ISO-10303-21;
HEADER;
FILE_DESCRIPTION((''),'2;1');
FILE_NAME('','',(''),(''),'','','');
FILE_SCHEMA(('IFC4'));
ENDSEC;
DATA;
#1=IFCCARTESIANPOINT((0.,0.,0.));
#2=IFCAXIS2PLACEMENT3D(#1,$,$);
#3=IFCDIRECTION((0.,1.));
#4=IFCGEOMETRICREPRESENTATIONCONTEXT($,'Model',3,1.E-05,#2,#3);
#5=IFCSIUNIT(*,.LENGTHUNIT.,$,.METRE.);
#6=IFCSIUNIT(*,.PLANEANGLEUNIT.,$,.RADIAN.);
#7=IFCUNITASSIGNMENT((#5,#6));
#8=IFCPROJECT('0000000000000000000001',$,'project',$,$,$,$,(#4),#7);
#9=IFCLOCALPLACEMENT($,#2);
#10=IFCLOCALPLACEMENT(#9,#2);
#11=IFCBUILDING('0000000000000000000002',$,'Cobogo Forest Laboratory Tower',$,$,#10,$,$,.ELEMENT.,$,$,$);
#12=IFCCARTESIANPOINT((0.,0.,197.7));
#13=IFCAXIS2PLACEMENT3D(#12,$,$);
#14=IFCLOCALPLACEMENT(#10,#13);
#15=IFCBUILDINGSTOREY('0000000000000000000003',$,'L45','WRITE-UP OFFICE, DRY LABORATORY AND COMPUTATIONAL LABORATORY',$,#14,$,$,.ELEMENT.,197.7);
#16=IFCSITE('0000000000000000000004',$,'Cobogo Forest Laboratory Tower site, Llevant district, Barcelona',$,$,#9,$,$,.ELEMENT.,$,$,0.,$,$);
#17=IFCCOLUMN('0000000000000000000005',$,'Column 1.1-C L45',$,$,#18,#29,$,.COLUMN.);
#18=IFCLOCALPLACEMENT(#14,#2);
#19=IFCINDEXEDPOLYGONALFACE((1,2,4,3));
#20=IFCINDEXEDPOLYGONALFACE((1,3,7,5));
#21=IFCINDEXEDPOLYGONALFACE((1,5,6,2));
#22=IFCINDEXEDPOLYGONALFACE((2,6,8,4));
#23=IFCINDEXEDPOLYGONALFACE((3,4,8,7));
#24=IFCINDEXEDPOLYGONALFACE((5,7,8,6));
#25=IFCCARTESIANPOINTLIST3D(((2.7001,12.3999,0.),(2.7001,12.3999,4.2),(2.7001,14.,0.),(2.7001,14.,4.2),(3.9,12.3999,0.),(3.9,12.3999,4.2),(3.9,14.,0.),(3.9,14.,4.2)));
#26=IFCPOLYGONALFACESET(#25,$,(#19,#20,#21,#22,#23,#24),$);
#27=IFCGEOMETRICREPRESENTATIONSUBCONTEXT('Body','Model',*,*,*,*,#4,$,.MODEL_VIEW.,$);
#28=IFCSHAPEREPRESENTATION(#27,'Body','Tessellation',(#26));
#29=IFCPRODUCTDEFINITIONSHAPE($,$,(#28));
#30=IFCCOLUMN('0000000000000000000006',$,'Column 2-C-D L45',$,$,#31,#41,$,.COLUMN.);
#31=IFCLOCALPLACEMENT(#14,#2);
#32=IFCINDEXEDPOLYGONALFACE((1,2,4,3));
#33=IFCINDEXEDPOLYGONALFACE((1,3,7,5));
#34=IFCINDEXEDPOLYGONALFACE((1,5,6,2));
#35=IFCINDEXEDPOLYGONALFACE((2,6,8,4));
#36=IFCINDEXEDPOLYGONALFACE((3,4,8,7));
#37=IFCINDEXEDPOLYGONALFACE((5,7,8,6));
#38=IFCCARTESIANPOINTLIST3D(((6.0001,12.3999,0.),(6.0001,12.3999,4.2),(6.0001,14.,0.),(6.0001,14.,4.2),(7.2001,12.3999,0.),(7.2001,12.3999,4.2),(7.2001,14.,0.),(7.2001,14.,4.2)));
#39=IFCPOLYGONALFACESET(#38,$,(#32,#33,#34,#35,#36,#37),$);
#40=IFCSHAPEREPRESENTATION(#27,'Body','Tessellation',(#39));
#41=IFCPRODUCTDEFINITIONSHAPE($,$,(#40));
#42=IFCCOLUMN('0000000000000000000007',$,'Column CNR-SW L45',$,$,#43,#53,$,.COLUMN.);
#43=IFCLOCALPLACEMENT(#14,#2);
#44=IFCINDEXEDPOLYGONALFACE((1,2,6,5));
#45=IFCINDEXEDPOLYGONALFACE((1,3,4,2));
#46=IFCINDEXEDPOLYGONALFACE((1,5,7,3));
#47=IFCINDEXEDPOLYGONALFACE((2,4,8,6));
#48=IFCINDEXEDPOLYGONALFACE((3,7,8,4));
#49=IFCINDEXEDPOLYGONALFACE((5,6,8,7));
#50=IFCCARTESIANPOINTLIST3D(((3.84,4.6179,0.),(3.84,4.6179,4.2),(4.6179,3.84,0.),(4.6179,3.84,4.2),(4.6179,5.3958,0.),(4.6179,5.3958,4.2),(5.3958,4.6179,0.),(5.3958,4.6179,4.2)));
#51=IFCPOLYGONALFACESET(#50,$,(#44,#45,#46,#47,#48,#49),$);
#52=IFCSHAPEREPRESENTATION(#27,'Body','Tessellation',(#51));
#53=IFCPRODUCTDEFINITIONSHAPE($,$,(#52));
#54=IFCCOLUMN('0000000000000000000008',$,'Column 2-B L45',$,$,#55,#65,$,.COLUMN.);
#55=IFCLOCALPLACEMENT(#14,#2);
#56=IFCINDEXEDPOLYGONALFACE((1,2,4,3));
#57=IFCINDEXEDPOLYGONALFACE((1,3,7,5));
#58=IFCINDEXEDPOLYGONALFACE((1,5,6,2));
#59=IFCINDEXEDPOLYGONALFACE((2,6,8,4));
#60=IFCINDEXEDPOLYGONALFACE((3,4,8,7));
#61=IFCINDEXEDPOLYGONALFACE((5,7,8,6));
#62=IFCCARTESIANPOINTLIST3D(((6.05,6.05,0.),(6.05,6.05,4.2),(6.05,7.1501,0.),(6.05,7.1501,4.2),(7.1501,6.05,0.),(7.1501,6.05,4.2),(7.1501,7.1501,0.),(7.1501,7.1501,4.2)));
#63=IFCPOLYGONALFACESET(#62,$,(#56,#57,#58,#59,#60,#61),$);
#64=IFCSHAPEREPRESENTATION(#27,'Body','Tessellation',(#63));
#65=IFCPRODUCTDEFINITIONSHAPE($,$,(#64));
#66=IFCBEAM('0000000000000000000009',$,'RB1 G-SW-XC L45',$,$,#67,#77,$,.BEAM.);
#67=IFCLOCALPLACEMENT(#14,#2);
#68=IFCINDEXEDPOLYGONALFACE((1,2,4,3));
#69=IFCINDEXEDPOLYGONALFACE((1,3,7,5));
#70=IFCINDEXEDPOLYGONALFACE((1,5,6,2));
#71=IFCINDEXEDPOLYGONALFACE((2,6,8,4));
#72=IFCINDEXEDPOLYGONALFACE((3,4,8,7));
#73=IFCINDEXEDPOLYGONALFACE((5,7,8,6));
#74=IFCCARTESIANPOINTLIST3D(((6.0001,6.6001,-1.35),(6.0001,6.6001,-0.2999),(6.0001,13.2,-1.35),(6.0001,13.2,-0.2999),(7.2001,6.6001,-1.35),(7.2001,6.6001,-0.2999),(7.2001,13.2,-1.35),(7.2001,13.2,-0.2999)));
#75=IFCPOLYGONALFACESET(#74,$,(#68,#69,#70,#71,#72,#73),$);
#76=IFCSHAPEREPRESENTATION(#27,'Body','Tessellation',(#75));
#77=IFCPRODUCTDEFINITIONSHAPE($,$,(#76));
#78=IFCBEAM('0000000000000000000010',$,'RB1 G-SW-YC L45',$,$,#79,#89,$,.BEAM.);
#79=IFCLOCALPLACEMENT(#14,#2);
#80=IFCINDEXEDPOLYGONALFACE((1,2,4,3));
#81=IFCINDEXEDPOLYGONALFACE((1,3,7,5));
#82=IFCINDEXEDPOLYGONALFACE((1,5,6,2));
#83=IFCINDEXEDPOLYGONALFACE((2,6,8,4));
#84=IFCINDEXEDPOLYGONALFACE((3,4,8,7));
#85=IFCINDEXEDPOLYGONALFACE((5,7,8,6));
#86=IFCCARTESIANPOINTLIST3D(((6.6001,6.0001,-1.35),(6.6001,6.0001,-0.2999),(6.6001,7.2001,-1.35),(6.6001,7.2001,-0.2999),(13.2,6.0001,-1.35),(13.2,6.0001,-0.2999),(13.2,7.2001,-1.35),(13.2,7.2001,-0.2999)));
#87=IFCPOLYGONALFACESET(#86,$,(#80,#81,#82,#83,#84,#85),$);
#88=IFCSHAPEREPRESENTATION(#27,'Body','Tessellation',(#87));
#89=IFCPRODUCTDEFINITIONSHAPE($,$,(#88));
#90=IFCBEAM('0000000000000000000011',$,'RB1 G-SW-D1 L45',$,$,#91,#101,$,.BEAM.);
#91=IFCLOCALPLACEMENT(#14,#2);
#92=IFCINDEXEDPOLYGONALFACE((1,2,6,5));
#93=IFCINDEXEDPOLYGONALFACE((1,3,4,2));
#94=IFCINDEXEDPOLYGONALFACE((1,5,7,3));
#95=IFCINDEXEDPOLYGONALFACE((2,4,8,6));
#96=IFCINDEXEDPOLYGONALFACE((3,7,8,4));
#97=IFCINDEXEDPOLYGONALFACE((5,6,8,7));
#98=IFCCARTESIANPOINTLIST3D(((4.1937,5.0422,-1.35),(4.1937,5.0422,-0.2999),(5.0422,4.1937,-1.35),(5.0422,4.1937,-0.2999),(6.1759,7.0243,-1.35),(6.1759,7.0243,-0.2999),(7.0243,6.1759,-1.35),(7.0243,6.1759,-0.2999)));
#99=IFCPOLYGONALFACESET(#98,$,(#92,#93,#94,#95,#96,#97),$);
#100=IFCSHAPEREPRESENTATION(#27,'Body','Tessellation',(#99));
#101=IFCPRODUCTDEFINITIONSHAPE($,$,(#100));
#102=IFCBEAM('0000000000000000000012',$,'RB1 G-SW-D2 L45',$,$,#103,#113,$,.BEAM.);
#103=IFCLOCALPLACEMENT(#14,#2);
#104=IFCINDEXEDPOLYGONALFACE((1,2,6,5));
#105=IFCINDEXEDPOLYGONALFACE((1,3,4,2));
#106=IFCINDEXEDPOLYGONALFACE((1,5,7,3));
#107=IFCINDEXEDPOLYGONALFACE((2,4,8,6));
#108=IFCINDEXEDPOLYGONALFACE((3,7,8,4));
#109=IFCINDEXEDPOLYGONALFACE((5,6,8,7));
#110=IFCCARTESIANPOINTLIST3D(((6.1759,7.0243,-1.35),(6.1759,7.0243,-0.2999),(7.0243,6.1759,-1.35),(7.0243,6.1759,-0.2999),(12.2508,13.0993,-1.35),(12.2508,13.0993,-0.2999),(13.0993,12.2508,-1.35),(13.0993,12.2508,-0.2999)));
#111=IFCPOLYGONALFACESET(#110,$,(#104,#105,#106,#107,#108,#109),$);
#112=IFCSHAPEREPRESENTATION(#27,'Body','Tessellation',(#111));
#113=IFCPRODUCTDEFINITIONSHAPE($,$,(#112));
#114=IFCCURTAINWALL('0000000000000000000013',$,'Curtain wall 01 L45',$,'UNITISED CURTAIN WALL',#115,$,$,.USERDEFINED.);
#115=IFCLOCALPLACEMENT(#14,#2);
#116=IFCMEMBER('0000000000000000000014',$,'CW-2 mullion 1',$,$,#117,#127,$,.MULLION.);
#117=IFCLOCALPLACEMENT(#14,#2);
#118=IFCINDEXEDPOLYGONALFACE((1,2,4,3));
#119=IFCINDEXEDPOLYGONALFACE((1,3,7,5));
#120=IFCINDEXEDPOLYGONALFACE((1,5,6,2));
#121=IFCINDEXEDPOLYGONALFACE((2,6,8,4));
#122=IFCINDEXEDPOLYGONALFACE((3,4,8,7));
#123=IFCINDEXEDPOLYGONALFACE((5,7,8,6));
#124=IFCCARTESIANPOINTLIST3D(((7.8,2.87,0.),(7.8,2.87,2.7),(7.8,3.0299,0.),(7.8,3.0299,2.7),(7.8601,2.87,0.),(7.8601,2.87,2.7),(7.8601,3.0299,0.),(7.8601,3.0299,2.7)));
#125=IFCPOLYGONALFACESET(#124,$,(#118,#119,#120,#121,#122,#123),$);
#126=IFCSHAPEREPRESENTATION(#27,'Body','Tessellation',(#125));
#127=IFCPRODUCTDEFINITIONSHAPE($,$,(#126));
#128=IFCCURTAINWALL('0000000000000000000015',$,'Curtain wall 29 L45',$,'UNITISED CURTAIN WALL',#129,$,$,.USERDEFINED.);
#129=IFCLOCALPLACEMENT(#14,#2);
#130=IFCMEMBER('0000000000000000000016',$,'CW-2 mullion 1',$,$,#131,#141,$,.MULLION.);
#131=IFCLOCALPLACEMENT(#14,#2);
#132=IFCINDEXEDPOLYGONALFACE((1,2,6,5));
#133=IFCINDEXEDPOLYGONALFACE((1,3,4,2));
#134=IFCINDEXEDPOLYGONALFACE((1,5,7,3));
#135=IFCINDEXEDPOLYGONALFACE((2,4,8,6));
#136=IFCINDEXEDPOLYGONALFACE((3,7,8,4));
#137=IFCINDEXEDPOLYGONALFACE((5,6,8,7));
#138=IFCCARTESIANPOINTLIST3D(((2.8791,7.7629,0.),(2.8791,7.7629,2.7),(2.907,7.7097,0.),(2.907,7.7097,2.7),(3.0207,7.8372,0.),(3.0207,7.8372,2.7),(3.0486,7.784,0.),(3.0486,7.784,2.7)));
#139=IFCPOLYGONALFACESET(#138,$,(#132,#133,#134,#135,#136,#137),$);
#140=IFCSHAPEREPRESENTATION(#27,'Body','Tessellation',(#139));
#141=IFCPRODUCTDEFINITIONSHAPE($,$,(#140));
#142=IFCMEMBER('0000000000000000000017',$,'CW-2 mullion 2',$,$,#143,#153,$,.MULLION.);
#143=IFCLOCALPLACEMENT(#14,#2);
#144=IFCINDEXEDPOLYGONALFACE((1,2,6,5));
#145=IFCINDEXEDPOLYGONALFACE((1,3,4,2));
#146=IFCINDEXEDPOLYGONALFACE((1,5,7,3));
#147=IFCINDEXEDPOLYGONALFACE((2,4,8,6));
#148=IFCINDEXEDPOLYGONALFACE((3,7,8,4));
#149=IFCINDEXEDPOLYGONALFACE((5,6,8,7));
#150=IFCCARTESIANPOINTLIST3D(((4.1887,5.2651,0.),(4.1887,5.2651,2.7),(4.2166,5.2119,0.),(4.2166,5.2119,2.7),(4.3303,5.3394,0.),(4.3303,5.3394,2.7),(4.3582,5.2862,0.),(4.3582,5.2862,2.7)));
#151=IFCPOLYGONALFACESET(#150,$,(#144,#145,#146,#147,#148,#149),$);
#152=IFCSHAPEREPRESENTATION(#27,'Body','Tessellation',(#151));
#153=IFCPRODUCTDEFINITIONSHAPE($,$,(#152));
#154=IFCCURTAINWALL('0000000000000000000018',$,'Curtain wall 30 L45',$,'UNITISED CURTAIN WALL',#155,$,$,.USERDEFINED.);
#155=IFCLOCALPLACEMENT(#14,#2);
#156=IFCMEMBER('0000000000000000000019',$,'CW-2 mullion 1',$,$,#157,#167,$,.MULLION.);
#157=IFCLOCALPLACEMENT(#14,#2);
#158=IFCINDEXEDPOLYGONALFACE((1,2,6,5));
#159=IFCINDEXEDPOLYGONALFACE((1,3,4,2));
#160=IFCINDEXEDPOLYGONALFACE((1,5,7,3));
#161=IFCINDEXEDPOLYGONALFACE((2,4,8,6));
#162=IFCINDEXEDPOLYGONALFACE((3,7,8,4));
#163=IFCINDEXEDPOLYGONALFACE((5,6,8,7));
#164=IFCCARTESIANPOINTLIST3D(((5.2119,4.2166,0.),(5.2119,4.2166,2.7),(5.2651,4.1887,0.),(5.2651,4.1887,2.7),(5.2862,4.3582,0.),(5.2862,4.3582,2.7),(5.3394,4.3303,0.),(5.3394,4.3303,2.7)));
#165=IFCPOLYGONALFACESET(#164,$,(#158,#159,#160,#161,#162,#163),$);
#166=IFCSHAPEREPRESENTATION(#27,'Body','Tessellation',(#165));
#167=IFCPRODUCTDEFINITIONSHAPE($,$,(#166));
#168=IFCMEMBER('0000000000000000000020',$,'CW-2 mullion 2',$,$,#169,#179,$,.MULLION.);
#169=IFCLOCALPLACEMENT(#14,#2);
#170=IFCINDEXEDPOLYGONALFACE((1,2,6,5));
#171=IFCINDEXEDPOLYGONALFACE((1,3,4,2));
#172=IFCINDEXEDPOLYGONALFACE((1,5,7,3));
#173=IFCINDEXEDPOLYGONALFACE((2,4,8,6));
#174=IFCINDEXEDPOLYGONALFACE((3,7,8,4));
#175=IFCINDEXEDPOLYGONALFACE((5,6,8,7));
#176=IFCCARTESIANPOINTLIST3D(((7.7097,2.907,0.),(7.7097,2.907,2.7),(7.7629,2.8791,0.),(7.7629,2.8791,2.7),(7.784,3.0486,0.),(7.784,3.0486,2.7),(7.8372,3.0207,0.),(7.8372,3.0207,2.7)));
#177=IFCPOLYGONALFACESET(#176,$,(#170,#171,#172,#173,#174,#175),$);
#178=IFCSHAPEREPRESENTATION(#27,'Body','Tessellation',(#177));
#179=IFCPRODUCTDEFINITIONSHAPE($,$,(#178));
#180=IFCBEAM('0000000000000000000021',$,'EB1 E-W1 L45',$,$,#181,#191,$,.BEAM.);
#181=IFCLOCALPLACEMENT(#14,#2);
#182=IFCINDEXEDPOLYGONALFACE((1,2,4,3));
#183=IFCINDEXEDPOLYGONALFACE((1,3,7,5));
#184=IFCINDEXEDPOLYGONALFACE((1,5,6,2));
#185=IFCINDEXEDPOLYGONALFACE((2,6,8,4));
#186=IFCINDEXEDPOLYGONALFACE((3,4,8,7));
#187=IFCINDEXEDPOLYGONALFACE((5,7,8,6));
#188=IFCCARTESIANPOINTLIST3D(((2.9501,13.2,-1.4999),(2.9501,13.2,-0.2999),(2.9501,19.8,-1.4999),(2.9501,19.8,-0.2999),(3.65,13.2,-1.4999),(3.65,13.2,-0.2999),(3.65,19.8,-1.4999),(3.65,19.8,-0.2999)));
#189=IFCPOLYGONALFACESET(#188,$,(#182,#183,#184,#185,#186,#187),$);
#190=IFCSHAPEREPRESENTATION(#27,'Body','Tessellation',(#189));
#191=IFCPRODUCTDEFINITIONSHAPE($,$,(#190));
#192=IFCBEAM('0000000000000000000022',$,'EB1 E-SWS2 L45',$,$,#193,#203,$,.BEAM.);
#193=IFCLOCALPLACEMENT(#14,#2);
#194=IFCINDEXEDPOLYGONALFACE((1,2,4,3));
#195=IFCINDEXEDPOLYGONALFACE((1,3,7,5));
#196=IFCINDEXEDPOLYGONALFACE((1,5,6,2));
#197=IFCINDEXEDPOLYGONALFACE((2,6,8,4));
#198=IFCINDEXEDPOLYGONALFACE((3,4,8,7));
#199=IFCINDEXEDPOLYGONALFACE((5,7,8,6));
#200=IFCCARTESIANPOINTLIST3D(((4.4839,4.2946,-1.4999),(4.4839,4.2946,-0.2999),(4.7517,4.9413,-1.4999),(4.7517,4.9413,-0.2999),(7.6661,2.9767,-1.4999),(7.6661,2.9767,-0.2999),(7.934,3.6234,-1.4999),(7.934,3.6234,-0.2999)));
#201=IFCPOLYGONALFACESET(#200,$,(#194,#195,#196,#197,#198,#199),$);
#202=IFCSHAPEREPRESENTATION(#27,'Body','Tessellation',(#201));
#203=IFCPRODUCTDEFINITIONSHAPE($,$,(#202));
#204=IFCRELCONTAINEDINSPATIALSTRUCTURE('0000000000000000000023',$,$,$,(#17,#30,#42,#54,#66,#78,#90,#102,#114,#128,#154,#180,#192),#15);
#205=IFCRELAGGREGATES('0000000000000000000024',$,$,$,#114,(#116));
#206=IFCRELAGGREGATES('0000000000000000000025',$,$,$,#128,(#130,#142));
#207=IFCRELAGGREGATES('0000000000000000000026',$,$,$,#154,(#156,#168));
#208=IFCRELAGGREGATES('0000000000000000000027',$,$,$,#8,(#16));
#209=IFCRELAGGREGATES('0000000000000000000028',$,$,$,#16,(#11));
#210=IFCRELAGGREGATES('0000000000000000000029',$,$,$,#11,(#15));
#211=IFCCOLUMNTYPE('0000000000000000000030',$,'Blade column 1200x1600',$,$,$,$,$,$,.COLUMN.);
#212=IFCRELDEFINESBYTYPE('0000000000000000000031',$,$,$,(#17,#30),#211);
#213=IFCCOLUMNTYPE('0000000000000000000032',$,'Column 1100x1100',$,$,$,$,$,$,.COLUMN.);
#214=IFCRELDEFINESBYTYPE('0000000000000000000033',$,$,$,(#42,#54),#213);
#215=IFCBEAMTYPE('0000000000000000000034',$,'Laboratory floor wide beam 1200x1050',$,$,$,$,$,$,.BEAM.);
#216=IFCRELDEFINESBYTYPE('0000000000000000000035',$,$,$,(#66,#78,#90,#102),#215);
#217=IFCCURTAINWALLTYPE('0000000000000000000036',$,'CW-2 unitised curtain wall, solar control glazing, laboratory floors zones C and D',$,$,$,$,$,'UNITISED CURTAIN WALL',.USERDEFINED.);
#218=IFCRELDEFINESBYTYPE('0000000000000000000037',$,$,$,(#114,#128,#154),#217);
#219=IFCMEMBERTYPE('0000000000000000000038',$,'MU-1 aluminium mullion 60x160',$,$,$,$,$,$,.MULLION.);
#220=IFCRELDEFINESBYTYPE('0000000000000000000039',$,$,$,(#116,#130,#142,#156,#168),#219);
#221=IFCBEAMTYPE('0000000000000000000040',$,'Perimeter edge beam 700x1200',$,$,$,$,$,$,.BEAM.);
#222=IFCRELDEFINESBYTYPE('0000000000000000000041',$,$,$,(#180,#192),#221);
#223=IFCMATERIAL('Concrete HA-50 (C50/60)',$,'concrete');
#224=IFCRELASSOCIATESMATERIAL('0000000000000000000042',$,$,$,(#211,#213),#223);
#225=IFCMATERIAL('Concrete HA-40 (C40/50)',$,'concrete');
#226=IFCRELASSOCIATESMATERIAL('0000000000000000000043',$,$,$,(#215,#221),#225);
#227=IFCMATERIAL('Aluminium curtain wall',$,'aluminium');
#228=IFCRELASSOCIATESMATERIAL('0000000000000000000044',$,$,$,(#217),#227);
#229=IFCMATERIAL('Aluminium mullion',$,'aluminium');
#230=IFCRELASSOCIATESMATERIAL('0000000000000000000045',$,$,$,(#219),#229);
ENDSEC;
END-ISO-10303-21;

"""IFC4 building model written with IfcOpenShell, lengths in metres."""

from ifc_helpers import new_model, si_unit, direction, frame, origin, origin_2d, place, context, subcontext, project, spatial, rectangle, extrude, material, material_profile, profile_set, type_object, element, aggregate, save


model = new_model("IFC4")

# Units and contexts
model_context = context("Model", 3, precision=1e-05, world=origin(), true_north=direction((0.0, 1.0)))
body_context = subcontext(model_context, "Body", "Model", "MODEL_VIEW")
ifc_project = project(units=[si_unit("LENGTHUNIT", "METRE"), si_unit("PLANEANGLEUNIT", "RADIAN")], contexts=[model_context])

# Site, building, storey
site_placement = place(None, origin())
site = spatial("IfcSite", under=ifc_project, at=site_placement, Name="Cobogo Forest Laboratory Tower site, Llevant district, Barcelona", CompositionType="ELEMENT", RefElevation=0.0)
building_placement = place(site_placement, origin())
building = spatial("IfcBuilding", under=site, at=building_placement, Name="Cobogo Forest Laboratory Tower", CompositionType="ELEMENT")
storey_placement = place(building_placement, frame((0.0, 0.0, 197.7)))
storey = spatial("IfcBuildingStorey", under=building, at=storey_placement, Name="L45", Description="WRITE-UP OFFICE, DRY LABORATORY AND COMPUTATIONAL LABORATORY", CompositionType="ELEMENT", Elevation=197.7)

# Columns
ifc_material_1 = material(Name="Concrete HA-50 (C50/60)", Category="concrete")
ifc_material_profile_1 = material_profile(ifc_material_1, rectangle(XDim=1.6001, YDim=1.2, at=origin_2d()), Name="RC 1200x1600")
ifc_profile_set_1 = profile_set([ifc_material_profile_1], Name="Concrete HA-50 (C50/60)")
column_type_1 = type_object("IfcColumnType", Name="Blade column 1200x1600", PredefinedType="COLUMN", material=ifc_profile_set_1)
for number, where, z_axis, x_axis, name in (
    (1, (3.3, 13.2, 0.0), (0.0, 0.0, 1.0), (0.0, 1.0, 0.0), "Column 1.1-C L45"),
    (2, (6.6001, 13.2, 0.0), (0.0, 0.0, 1.0), (0.0, 1.0, 0.0), "Column 2-C-D L45"),
):
    element("IfcColumn", number, at=place(storey_placement, frame(where, z_axis=z_axis, x_axis=x_axis)), inside=storey, type_object=column_type_1, Name=name, PredefinedType="COLUMN", context=body_context, shape_type="SweptSolid", body=[
        extrude(rectangle(XDim=1.6001, YDim=1.2, at=origin_2d()), origin(), (0.0, 0.0, 1.0), 4.2),
    ])
ifc_material_profile_2 = material_profile(ifc_material_1, rectangle(XDim=1.1001, YDim=1.1001, at=origin_2d()), Name="RC 1100x1100")
ifc_profile_set_2 = profile_set([ifc_material_profile_2], Name="Concrete HA-50 (C50/60)")
column_type_2 = type_object("IfcColumnType", Name="Column 1100x1100", PredefinedType="COLUMN", material=ifc_profile_set_2)
for number, where, z_axis, x_axis, name in (
    (3, (4.6179, 4.6179, 0.0), (0.0, 0.0, 1.0), (0.707107, 0.707107, 0.0), "Column CNR-SW L45"),
    (4, (6.6001, 6.6001, 0.0), (0.0, 0.0, 1.0), (1.0, 0.0, 0.0), "Column 2-B L45"),
):
    element("IfcColumn", number, at=place(storey_placement, frame(where, z_axis=z_axis, x_axis=x_axis)), inside=storey, type_object=column_type_2, Name=name, PredefinedType="COLUMN", context=body_context, shape_type="SweptSolid", body=[
        extrude(rectangle(XDim=1.1001, YDim=1.1001, at=origin_2d()), origin(), (0.0, 0.0, 1.0), 4.2),
    ])

# Beams
ifc_material_2 = material(Name="Concrete HA-40 (C40/50)", Category="concrete")
ifc_material_profile_3 = material_profile(ifc_material_2, rectangle(XDim=1.2, YDim=1.05, at=origin_2d()), Name="RC 1200x1050")
ifc_profile_set_3 = profile_set([ifc_material_profile_3], Name="Concrete HA-40 (C40/50)")
beam_type_1 = type_object("IfcBeamType", Name="Laboratory floor wide beam 1200x1050", PredefinedType="BEAM", material=ifc_profile_set_3)
for number, where, z_axis, x_axis, name in (
    (5, (6.6001, 6.6001, -0.825), (0.0, 1.0, 0.0), (-1.0, 0.0, 0.0), "RB1 G-SW-XC L45"),
    (6, (6.6001, 6.6001, -0.825), (1.0, 0.0, 0.0), (0.0, 1.0, 0.0), "RB1 G-SW-YC L45"),
):
    element("IfcBeam", number, at=place(storey_placement, frame(where, z_axis=z_axis, x_axis=x_axis)), inside=storey, type_object=beam_type_1, Name=name, PredefinedType="BEAM", context=body_context, shape_type="SweptSolid", body=[
        extrude(rectangle(XDim=1.2, YDim=1.05, at=origin_2d()), origin(), (0.0, 0.0, 1.0), 6.5999),
    ])
beam_1_placement = place(storey_placement, frame((4.6179, 4.6179, -0.825), z_axis=(0.707107, 0.707107, 0.0), x_axis=(-0.707107, 0.707107, 0.0)))
element("IfcBeam", 7, at=beam_1_placement, inside=storey, type_object=beam_type_1, Name="RB1 G-SW-D1 L45", PredefinedType="BEAM", context=body_context, shape_type="SweptSolid", body=[
    extrude(rectangle(XDim=1.2, YDim=1.05, at=origin_2d()), origin(), (0.0, 0.0, 1.0), 2.8032),
])
beam_2_placement = place(storey_placement, frame((6.6001, 6.6001, -0.825), z_axis=(0.707107, 0.707107, 0.0), x_axis=(-0.707107, 0.707107, 0.0)))
element("IfcBeam", 8, at=beam_2_placement, inside=storey, type_object=beam_type_1, Name="RB1 G-SW-D2 L45", PredefinedType="BEAM", context=body_context, shape_type="SweptSolid", body=[
    extrude(rectangle(XDim=1.2, YDim=1.05, at=origin_2d()), origin(), (0.0, 0.0, 1.0), 8.5913),
])

# Curtain wall, member
ifc_material_3 = material(Name="Aluminium curtain wall", Category="aluminium")
curtain_wall_type = type_object("IfcCurtainWallType", Name="CW-2 unitised curtain wall, solar control glazing, laboratory floors zones C and D", ElementType="UNITISED CURTAIN WALL", PredefinedType="USERDEFINED", material=ifc_material_3)
curtain_wall_1_placement = place(storey_placement, origin())
curtain_wall_1 = element("IfcCurtainWall", 9, at=curtain_wall_1_placement, inside=storey, type_object=curtain_wall_type, Name="Curtain wall 01 L45", ObjectType="UNITISED CURTAIN WALL", PredefinedType="USERDEFINED")
ifc_material_4 = material(Name="Aluminium mullion", Category="aluminium")
ifc_material_profile_4 = material_profile(ifc_material_4, rectangle(XDim=0.0601, YDim=0.1599, at=origin_2d()), Name="AL 60x160")
ifc_profile_set_4 = profile_set([ifc_material_profile_4], Name="Aluminium mullion")
member_type_1 = type_object("IfcMemberType", Name="MU-1 aluminium mullion 60x160", PredefinedType="MULLION", material=ifc_profile_set_4)
member_1_placement = place(storey_placement, frame((7.8301, 2.95, 0.0), z_axis=(0.0, 0.0, 1.0), x_axis=(1.0, 0.0, 0.0)))
member_1 = element("IfcMember", 10, at=member_1_placement, type_object=member_type_1, Name="CW-2 mullion 1", PredefinedType="MULLION", context=body_context, shape_type="SweptSolid", body=[
    extrude(rectangle(XDim=0.0601, YDim=0.1599, at=origin_2d()), origin(), (0.0, 0.0, 1.0), 2.7),
])

# Curtain walls, members
curtain_wall_2_placement = place(storey_placement, origin())
curtain_wall_2 = element("IfcCurtainWall", 11, at=curtain_wall_2_placement, inside=storey, type_object=curtain_wall_type, Name="Curtain wall 29 L45", ObjectType="UNITISED CURTAIN WALL", PredefinedType="USERDEFINED")
member_2_placement = place(storey_placement, frame((2.9639, 7.7734, 0.0), z_axis=(0.0, 0.0, 1.0), x_axis=(0.464284, -0.885686, 0.0)))
member_2 = element("IfcMember", 12, at=member_2_placement, type_object=member_type_1, Name="CW-2 mullion 1", PredefinedType="MULLION", context=body_context, shape_type="SweptSolid", body=[
    extrude(rectangle(XDim=0.0601, YDim=0.1599, at=origin_2d()), origin(), (0.0, 0.0, 1.0), 2.7),
])
member_3_placement = place(storey_placement, frame((4.2734, 5.2756, 0.0), z_axis=(0.0, 0.0, 1.0), x_axis=(0.464284, -0.885686, 0.0)))
member_3 = element("IfcMember", 13, at=member_3_placement, type_object=member_type_1, Name="CW-2 mullion 2", PredefinedType="MULLION", context=body_context, shape_type="SweptSolid", body=[
    extrude(rectangle(XDim=0.0601, YDim=0.1599, at=origin_2d()), origin(), (0.0, 0.0, 1.0), 2.7),
])
curtain_wall_3_placement = place(storey_placement, origin())
curtain_wall_3 = element("IfcCurtainWall", 14, at=curtain_wall_3_placement, inside=storey, type_object=curtain_wall_type, Name="Curtain wall 30 L45", ObjectType="UNITISED CURTAIN WALL", PredefinedType="USERDEFINED")
member_4_placement = place(storey_placement, frame((5.2756, 4.2734, 0.0), z_axis=(0.0, 0.0, 1.0), x_axis=(0.885686, -0.464284, 0.0)))
member_4 = element("IfcMember", 15, at=member_4_placement, type_object=member_type_1, Name="CW-2 mullion 1", PredefinedType="MULLION", context=body_context, shape_type="SweptSolid", body=[
    extrude(rectangle(XDim=0.0601, YDim=0.1599, at=origin_2d()), origin(), (0.0, 0.0, 1.0), 2.7),
])
member_5_placement = place(storey_placement, frame((7.7734, 2.9639, 0.0), z_axis=(0.0, 0.0, 1.0), x_axis=(0.885686, -0.464284, 0.0)))
member_5 = element("IfcMember", 16, at=member_5_placement, type_object=member_type_1, Name="CW-2 mullion 2", PredefinedType="MULLION", context=body_context, shape_type="SweptSolid", body=[
    extrude(rectangle(XDim=0.0601, YDim=0.1599, at=origin_2d()), origin(), (0.0, 0.0, 1.0), 2.7),
])

# Beams
ifc_material_profile_5 = material_profile(ifc_material_2, rectangle(XDim=0.7, YDim=1.2, at=origin_2d()), Name="RC 700x1200")
ifc_profile_set_5 = profile_set([ifc_material_profile_5], Name="Concrete HA-40 (C40/50)")
beam_type_2 = type_object("IfcBeamType", Name="Perimeter edge beam 700x1200", PredefinedType="BEAM", material=ifc_profile_set_5)
beam_3_placement = place(storey_placement, frame((3.3, 13.2, -0.8999), z_axis=(0.0, 1.0, 0.0), x_axis=(-1.0, 0.0, 0.0)))
element("IfcBeam", 17, at=beam_3_placement, inside=storey, type_object=beam_type_2, Name="EB1 E-W1 L45", PredefinedType="BEAM", context=body_context, shape_type="SweptSolid", body=[
    extrude(rectangle(XDim=0.7, YDim=1.2, at=origin_2d()), origin(), (0.0, 0.0, 1.0), 6.6001),
])
beam_4_placement = place(storey_placement, frame((7.8, 3.3, -0.8999), z_axis=(-0.923901, 0.382631, 0.0), x_axis=(-0.382631, -0.923901, 0.0)))
element("IfcBeam", 18, at=beam_4_placement, inside=storey, type_object=beam_type_2, Name="EB1 E-SWS2 L45", PredefinedType="BEAM", context=body_context, shape_type="SweptSolid", body=[
    extrude(rectangle(XDim=0.7, YDim=1.2, at=origin_2d()), origin(), (0.0, 0.0, 1.0), 3.4443),
])

aggregate(curtain_wall_1, [member_1])

aggregate(curtain_wall_2, [member_2, member_3])
aggregate(curtain_wall_3, [member_4, member_5])

save(model, "model.ifc")
